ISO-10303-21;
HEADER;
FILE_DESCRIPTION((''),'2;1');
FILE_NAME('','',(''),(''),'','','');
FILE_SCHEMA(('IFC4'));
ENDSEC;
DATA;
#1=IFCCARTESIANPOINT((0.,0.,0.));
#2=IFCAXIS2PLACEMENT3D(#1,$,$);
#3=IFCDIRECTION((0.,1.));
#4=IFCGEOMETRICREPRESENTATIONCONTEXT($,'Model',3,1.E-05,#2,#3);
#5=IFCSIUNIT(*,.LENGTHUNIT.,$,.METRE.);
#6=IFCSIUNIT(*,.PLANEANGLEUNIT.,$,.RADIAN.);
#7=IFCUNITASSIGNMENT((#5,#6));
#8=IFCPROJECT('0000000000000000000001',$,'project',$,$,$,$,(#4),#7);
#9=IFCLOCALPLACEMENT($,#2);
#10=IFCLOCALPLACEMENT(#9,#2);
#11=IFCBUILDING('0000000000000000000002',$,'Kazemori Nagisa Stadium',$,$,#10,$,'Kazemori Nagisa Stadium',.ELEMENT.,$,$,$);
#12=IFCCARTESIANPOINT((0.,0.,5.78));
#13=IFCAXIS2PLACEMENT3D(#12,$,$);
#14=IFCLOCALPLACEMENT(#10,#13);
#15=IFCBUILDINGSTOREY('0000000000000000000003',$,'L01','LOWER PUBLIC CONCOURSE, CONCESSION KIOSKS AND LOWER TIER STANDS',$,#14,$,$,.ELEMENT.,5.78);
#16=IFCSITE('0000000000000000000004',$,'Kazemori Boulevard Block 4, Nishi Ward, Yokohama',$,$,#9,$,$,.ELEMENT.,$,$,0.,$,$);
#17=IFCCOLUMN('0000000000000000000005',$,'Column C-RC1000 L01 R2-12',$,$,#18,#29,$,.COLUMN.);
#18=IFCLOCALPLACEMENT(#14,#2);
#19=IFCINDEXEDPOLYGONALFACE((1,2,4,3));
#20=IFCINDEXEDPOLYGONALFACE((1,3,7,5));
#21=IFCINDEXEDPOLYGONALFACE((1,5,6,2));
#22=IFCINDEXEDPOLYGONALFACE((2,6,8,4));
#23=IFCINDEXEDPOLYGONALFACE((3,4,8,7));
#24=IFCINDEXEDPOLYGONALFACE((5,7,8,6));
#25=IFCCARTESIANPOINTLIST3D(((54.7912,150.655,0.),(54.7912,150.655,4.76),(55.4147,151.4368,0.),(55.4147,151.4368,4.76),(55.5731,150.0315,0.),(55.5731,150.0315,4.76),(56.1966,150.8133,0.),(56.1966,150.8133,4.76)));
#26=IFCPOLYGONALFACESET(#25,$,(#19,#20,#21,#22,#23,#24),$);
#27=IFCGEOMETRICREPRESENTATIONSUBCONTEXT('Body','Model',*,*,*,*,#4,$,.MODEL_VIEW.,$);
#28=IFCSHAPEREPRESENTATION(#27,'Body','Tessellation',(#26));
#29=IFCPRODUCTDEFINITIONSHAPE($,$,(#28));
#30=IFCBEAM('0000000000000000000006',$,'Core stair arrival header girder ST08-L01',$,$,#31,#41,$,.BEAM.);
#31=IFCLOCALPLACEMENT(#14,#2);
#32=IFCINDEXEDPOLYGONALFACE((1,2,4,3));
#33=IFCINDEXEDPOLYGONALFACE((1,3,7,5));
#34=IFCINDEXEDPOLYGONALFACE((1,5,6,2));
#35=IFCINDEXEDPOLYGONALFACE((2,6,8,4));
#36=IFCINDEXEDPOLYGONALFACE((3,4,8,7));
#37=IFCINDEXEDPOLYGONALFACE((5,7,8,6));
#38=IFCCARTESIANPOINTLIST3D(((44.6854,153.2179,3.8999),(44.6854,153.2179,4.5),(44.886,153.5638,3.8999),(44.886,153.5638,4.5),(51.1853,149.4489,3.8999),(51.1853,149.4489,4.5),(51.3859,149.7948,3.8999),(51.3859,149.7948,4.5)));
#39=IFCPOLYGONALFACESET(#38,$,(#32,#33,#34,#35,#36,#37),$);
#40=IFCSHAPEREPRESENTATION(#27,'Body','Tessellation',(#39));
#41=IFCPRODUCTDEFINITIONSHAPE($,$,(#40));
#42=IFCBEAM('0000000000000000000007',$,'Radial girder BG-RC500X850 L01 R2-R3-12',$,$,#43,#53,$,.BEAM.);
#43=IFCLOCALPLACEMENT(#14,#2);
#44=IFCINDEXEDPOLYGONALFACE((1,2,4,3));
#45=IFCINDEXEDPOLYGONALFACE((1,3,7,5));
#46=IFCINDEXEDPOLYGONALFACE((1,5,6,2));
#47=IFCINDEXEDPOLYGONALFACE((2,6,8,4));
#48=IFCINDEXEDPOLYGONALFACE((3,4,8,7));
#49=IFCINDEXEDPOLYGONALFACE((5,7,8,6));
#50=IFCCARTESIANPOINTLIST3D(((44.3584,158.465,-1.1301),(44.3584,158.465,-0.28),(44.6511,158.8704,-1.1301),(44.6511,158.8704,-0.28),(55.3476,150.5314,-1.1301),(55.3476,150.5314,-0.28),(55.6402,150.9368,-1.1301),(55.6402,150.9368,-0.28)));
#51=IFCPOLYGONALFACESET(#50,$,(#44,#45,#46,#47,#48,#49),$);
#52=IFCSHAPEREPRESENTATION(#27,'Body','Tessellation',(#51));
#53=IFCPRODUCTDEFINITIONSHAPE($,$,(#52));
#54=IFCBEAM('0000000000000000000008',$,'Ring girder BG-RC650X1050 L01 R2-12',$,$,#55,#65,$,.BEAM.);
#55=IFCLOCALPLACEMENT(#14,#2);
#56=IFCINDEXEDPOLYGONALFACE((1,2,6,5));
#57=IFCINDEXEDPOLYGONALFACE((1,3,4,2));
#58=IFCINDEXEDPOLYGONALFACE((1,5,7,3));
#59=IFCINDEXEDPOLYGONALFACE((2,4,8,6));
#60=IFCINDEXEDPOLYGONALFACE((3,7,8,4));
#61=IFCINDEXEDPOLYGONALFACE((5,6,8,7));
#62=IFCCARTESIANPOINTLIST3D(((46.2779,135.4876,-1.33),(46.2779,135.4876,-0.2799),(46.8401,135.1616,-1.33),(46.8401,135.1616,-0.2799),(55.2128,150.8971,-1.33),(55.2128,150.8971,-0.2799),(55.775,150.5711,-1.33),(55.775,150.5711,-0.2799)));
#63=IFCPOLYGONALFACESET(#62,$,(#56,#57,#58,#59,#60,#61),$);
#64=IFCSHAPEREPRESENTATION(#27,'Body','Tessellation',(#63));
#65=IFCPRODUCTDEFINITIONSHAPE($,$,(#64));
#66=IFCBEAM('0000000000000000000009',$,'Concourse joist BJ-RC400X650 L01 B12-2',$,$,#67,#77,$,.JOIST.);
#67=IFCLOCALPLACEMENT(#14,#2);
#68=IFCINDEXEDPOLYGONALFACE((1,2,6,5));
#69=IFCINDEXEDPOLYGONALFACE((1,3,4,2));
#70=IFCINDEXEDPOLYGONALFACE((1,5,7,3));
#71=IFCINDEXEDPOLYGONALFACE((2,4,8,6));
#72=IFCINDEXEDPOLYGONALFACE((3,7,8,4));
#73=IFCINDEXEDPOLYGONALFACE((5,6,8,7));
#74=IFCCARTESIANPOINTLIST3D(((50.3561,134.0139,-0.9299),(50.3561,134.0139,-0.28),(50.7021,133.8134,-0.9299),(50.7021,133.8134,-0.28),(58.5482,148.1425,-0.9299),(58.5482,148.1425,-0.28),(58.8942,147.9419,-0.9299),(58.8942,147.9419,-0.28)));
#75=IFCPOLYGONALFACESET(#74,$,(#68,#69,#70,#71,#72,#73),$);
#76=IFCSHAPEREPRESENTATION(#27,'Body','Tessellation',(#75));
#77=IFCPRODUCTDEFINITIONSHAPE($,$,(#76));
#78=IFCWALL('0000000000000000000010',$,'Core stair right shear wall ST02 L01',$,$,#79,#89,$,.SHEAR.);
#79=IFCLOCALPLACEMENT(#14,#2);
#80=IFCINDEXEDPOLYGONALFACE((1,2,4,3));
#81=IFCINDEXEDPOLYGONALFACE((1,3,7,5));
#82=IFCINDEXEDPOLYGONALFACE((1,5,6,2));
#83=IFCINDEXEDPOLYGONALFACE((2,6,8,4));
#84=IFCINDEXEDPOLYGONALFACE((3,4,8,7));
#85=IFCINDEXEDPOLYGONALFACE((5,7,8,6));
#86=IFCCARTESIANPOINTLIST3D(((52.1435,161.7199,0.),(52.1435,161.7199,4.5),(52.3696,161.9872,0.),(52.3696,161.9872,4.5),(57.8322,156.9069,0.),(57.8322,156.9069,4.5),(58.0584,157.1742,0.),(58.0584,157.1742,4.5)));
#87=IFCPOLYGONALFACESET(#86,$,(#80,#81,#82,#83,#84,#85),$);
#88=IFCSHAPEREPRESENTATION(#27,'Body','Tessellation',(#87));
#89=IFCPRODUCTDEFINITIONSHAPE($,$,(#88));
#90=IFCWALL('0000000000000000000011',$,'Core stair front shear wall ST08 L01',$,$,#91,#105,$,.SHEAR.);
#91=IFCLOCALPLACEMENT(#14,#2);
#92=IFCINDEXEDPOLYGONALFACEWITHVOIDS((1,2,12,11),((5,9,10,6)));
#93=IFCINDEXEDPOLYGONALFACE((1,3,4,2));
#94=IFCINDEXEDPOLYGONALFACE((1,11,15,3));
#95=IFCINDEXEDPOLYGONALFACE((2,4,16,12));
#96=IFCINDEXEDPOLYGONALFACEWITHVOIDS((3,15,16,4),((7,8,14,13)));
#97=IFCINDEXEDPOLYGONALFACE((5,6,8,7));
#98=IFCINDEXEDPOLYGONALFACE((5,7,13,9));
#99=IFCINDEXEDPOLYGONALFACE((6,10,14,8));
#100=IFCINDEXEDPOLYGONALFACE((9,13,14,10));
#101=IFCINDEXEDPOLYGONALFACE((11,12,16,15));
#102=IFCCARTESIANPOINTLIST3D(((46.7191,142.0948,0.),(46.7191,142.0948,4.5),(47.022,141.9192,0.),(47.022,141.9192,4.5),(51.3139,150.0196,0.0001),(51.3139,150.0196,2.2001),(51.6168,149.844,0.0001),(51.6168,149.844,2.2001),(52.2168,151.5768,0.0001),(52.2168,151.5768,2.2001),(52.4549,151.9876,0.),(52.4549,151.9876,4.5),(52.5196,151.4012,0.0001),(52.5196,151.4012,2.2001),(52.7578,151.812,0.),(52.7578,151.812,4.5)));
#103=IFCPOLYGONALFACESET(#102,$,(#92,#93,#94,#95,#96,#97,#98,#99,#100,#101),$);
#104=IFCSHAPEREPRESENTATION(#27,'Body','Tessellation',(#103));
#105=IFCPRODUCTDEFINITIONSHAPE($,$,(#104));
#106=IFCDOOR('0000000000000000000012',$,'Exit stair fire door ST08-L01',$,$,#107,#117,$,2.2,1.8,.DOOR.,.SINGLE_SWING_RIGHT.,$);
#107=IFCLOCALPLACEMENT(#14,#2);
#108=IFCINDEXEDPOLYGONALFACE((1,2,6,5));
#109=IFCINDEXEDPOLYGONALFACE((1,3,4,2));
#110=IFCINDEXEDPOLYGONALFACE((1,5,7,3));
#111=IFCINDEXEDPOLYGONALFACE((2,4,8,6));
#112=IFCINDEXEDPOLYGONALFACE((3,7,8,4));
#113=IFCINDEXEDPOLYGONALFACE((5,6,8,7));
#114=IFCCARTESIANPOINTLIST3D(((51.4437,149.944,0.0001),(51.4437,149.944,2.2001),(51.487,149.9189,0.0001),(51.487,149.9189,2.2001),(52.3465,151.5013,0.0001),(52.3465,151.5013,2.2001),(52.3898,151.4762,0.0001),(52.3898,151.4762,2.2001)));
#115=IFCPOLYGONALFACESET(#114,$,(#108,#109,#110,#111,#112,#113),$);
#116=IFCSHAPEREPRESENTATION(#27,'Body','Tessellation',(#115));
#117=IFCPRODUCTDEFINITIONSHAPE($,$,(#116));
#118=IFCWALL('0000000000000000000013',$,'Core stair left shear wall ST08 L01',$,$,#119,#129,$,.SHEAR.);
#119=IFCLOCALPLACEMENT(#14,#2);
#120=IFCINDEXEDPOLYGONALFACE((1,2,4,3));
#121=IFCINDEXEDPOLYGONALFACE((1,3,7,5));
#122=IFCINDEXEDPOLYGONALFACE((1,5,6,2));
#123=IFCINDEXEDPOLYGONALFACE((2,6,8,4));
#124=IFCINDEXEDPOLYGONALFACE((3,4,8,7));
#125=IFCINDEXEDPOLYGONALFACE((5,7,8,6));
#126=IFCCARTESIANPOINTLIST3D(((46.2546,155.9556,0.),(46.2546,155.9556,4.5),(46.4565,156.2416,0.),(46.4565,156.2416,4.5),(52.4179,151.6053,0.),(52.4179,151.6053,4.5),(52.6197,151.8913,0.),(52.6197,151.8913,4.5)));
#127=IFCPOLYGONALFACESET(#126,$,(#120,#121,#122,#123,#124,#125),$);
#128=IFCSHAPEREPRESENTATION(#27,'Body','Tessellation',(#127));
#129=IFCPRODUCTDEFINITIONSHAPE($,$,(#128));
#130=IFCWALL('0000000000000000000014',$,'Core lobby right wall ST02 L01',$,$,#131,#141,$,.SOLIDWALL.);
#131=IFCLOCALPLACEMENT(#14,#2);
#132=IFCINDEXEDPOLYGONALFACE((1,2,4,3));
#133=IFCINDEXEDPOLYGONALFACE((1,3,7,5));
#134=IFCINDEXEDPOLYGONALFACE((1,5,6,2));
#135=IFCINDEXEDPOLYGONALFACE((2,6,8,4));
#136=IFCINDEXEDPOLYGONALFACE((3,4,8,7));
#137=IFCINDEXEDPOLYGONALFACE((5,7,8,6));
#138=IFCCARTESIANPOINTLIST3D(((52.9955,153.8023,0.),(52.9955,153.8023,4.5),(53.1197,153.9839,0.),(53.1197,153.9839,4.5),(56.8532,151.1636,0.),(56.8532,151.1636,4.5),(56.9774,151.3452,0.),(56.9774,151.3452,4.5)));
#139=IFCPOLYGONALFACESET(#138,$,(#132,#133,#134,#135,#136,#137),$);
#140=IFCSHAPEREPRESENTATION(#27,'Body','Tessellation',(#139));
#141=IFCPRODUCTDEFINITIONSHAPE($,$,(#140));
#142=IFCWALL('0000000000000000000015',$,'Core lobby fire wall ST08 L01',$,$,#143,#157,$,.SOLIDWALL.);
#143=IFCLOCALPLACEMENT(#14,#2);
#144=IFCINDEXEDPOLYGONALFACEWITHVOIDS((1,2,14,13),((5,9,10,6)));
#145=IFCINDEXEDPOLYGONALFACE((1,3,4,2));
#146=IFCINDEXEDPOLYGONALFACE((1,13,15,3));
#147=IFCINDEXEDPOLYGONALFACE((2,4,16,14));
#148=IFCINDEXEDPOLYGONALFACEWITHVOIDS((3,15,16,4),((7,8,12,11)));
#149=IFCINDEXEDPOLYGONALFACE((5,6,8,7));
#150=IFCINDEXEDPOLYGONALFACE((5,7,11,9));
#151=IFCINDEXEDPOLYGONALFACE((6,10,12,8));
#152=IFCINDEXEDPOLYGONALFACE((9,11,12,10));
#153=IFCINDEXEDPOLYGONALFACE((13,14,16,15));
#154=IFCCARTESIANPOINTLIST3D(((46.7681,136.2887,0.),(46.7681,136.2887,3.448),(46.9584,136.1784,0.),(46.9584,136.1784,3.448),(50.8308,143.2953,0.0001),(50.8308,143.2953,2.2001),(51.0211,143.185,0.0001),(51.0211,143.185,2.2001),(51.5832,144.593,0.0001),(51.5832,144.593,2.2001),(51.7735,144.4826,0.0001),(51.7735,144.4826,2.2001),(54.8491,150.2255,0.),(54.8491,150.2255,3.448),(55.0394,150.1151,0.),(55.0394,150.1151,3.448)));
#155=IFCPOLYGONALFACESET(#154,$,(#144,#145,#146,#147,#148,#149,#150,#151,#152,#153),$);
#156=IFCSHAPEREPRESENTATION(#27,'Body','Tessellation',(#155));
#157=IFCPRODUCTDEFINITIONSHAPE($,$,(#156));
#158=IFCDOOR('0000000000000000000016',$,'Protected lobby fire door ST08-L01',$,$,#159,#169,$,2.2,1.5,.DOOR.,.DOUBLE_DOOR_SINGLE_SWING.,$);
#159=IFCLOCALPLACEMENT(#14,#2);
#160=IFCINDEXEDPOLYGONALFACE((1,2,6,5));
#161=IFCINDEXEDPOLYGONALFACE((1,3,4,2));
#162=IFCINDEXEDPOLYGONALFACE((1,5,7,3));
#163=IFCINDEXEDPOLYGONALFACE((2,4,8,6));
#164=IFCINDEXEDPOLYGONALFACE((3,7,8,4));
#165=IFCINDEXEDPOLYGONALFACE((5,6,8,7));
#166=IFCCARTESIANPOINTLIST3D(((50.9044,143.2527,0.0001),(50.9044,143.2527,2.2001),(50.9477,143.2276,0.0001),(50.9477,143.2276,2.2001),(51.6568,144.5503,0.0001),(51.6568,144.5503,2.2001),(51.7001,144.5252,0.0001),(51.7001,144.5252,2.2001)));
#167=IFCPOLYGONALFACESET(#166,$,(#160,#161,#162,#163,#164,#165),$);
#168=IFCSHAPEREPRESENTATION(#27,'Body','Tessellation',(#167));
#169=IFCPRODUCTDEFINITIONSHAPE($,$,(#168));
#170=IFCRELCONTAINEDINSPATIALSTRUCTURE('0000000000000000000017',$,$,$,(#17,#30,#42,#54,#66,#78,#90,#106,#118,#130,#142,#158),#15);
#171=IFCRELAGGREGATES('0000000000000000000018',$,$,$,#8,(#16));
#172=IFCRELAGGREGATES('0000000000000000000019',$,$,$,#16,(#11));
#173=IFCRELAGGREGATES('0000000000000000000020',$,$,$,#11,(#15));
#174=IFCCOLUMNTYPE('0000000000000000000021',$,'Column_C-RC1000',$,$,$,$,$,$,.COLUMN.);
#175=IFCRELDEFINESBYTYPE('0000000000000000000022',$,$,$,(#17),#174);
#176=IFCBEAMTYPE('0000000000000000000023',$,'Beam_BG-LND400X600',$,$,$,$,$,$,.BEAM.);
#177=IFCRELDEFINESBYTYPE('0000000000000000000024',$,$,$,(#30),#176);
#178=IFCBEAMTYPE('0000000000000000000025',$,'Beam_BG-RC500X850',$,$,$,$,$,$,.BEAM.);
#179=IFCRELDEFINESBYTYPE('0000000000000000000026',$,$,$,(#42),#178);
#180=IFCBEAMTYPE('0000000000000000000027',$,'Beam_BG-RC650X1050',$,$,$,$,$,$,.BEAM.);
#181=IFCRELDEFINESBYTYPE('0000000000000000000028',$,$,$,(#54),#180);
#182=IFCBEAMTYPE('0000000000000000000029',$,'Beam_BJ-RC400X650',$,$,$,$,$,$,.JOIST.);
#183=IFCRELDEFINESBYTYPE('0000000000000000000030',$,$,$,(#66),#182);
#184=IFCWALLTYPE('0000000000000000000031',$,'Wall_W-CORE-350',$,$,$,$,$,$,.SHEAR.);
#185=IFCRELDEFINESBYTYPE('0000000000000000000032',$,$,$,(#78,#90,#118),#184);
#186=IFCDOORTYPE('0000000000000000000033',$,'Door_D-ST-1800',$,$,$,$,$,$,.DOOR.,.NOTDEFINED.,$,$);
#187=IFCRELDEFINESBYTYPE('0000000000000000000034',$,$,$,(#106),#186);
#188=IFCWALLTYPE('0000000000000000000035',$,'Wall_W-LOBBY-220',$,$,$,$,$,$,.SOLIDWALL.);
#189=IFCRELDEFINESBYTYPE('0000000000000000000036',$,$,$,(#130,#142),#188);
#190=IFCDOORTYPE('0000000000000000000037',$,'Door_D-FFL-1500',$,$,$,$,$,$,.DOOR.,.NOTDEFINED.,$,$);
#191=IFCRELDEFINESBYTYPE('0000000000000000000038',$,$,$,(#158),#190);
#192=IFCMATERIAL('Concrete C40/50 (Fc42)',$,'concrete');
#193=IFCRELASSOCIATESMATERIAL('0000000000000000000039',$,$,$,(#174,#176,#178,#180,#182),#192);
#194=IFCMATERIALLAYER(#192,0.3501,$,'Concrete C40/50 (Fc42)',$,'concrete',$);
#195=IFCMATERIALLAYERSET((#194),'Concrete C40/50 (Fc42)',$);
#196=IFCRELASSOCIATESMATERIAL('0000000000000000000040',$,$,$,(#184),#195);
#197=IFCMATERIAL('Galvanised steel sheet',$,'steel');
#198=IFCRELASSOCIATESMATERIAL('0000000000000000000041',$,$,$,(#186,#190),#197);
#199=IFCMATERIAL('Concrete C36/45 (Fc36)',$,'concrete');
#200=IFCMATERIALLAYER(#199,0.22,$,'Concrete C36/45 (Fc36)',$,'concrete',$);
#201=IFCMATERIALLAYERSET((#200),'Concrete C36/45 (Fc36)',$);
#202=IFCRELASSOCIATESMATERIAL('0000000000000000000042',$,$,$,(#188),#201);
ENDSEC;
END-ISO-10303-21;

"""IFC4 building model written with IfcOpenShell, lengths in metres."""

from ifc_helpers import new_model, si_unit, direction, frame, frame_2d, origin, origin_2d, place, context, subcontext, project, spatial, rectangle, extrude, material, layer, layer_set, material_profile, profile_set, type_object, element, fill, save


model = new_model("IFC4")

# Units and contexts
model_context = context("Model", 3, precision=1e-05, world=origin(), true_north=direction((0.0, 1.0)))
body_context = subcontext(model_context, "Body", "Model", "MODEL_VIEW")
ifc_project = project(units=[si_unit("LENGTHUNIT", "METRE"), si_unit("PLANEANGLEUNIT", "RADIAN")], contexts=[model_context])

# Site, building, storey
site_placement = place(None, origin())
site = spatial("IfcSite", under=ifc_project, at=site_placement, Name="Kazemori Boulevard Block 4, Nishi Ward, Yokohama", CompositionType="ELEMENT", RefElevation=0.0)
building_placement = place(site_placement, origin())
building = spatial("IfcBuilding", under=site, at=building_placement, Name="Kazemori Nagisa Stadium", LongName="Kazemori Nagisa Stadium", CompositionType="ELEMENT")
storey_placement = place(building_placement, frame((0.0, 0.0, 5.78)))
storey = spatial("IfcBuildingStorey", under=building, at=storey_placement, Name="L01", Description="LOWER PUBLIC CONCOURSE, CONCESSION KIOSKS AND LOWER TIER STANDS", CompositionType="ELEMENT", Elevation=5.78)

# Column
ifc_material_1 = material(Name="Concrete C40/50 (Fc42)", Category="concrete")
ifc_material_profile_1 = material_profile(ifc_material_1, rectangle(XDim=1.0, YDim=1.0, at=origin_2d()), Name="RC-COL-1000x1000")
ifc_profile_set_1 = profile_set([ifc_material_profile_1], Name="Concrete C40/50 (Fc42)")
column_type = type_object("IfcColumnType", Name="Column_C-RC1000", PredefinedType="COLUMN", material=ifc_profile_set_1)
column_placement = place(storey_placement, frame((55.4939, 150.7341, 0.0), z_axis=(0.0, 0.0, 1.0), x_axis=(-0.781831, 0.62349, 0.0)))
element("IfcColumn", 1, at=column_placement, inside=storey, type_object=column_type, Name="Column C-RC1000 L01 R2-12", PredefinedType="COLUMN", context=body_context, shape_type="SweptSolid", body=[
    extrude(rectangle(XDim=1.0, YDim=1.0, at=origin_2d()), origin(), (0.0, 0.0, 1.0), 4.76),
])

# Beams
ifc_material_profile_2 = material_profile(ifc_material_1, rectangle(XDim=0.3999, YDim=0.6001, at=origin_2d()), Name="RC-BM-400x600")
ifc_profile_set_2 = profile_set([ifc_material_profile_2], Name="Concrete C40/50 (Fc42)")
beam_type_1 = type_object("IfcBeamType", Name="Beam_BG-LND400X600", PredefinedType="BEAM", material=ifc_profile_set_2)
beam_1_placement = place(storey_placement, frame((51.2856, 149.6218, 4.2), z_axis=(-0.865086, 0.501623, 0.0), x_axis=(-0.501623, -0.865086, 0.0)))
element("IfcBeam", 2, at=beam_1_placement, inside=storey, type_object=beam_type_1, Name="Core stair arrival header girder ST08-L01", PredefinedType="BEAM", context=body_context, shape_type="SweptSolid", body=[
    extrude(rectangle(XDim=0.3999, YDim=0.6001, at=origin_2d()), origin(), (0.0, 0.0, 1.0), 7.5137),
])
ifc_material_profile_3 = material_profile(ifc_material_1, rectangle(XDim=0.5, YDim=0.8501, at=origin_2d()), Name="RC-BM-500x850")
ifc_profile_set_3 = profile_set([ifc_material_profile_3], Name="Concrete C40/50 (Fc42)")
beam_type_2 = type_object("IfcBeamType", Name="Beam_BG-RC500X850", PredefinedType="BEAM", material=ifc_profile_set_3)
beam_2_placement = place(storey_placement, frame((55.4939, 150.7341, -0.7051), z_axis=(-0.810788, 0.585341, 0.0), x_axis=(-0.585341, -0.810788, 0.0)))
element("IfcBeam", 3, at=beam_2_placement, inside=storey, type_object=beam_type_2, Name="Radial girder BG-RC500X850 L01 R2-R3-12", PredefinedType="BEAM", context=body_context, shape_type="SweptSolid", body=[
    extrude(rectangle(XDim=0.5, YDim=0.8501, at=origin_2d()), origin(), (0.0, 0.0, 1.0), 13.5537),
])
ifc_material_profile_4 = material_profile(ifc_material_1, rectangle(XDim=0.6499, YDim=1.05, at=origin_2d()), Name="RC-BM-650x1050")
ifc_profile_set_4 = profile_set([ifc_material_profile_4], Name="Concrete C40/50 (Fc42)")
beam_type_3 = type_object("IfcBeamType", Name="Beam_BG-RC650X1050", PredefinedType="BEAM", material=ifc_profile_set_4)
beam_3_placement = place(storey_placement, frame((55.4939, 150.7341, -0.8049), z_axis=(-0.501607, -0.865096, 0.0), x_axis=(0.865096, -0.501607, 0.0)))
element("IfcBeam", 4, at=beam_3_placement, inside=storey, type_object=beam_type_3, Name="Ring girder BG-RC650X1050 L01 R2-12", PredefinedType="BEAM", context=body_context, shape_type="SweptSolid", body=[
    extrude(rectangle(XDim=0.6499, YDim=1.05, at=origin_2d()), origin(), (0.0, 0.0, 1.0), 17.8125),
])
ifc_material_profile_5 = material_profile(ifc_material_1, rectangle(XDim=0.3999, YDim=0.6499, at=origin_2d()), Name="RC-BM-400x650")
ifc_profile_set_5 = profile_set([ifc_material_profile_5], Name="Concrete C40/50 (Fc42)")
beam_type_4 = type_object("IfcBeamType", Name="Beam_BJ-RC400X650", PredefinedType="JOIST", material=ifc_profile_set_5)
beam_4_placement = place(storey_placement, frame((58.7212, 148.0422, -0.605), z_axis=(-0.501604, -0.865097, 0.0), x_axis=(0.865097, -0.501604, 0.0)))
element("IfcBeam", 5, at=beam_4_placement, inside=storey, type_object=beam_type_4, Name="Concourse joist BJ-RC400X650 L01 B12-2", PredefinedType="JOIST", context=body_context, shape_type="SweptSolid", body=[
    extrude(rectangle(XDim=0.3999, YDim=0.6499, at=origin_2d()), origin(), (0.0, 0.0, 1.0), 16.3318),
])

# Wall
ifc_layer_1 = layer(ifc_material_1, 0.3501, Name="Concrete C40/50 (Fc42)", Category="concrete")
ifc_layer_set_1 = layer_set([ifc_layer_1], Name="Concrete C40/50 (Fc42)")
wall_type_1 = type_object("IfcWallType", Name="Wall_W-CORE-350", PredefinedType="SHEAR", material=ifc_layer_set_1)
wall_1_placement = place(storey_placement, frame((57.9453, 157.0405, 0.0), z_axis=(0.0, 0.0, 1.0), x_axis=(-0.763422, 0.6459, 0.0)))
element("IfcWall", 6, at=wall_1_placement, inside=storey, type_object=wall_type_1, Name="Core stair right shear wall ST02 L01", PredefinedType="SHEAR", context=body_context, shape_type="SweptSolid", body=[
    extrude(rectangle(XDim=7.4517, YDim=0.3501, at=frame_2d((3.7258, 0.0))), origin(), (0.0, 0.0, 1.0), 4.5),
])

# Wall, opening, door
wall_2_placement = place(storey_placement, frame((52.6064, 151.8999, 0.0), z_axis=(0.0, 0.0, 1.0), x_axis=(-0.501587, -0.865107, 0.0)))
wall_2 = element("IfcWall", 7, at=wall_2_placement, inside=storey, type_object=wall_type_1, Name="Core stair front shear wall ST08 L01", PredefinedType="SHEAR", context=body_context, shape_type="SweptSolid", body=[
    extrude(rectangle(XDim=11.4353, YDim=0.3501, at=frame_2d((5.7178, 0.0))), origin(), (0.0, 0.0, 1.0), 4.5),
])
opening_1_placement = place(wall_2_placement, frame((0.4751, 0.0, 0.0)))
opening_1 = element("IfcOpeningElement", 8, at=opening_1_placement, cuts=wall_2, PredefinedType="OPENING", context=body_context, shape_type="SweptSolid", body=[
    extrude(rectangle(XDim=1.8, YDim=2.2, at=frame_2d((0.8999, 1.1001))), frame((0.0, 0.1851, 0.0), z_axis=(0.0, -1.0, 0.0), x_axis=(1.0, 0.0, 0.0)), (0.0, 0.0, 1.0), 0.3701),
])
ifc_material_2 = material(Name="Galvanised steel sheet", Category="steel")
door_type_1 = type_object("IfcDoorType", Name="Door_D-ST-1800", OperationType="NOTDEFINED", PredefinedType="DOOR", material=ifc_material_2)
door_1_placement = place(opening_1_placement, frame((1.8, 0.0, 0.0), z_axis=(0.0, 0.0, 1.0), x_axis=(-1.0, 0.0, 0.0)))
door_1 = element("IfcDoor", 9, at=door_1_placement, inside=storey, type_object=door_type_1, Name="Exit stair fire door ST08-L01", OperationType="SINGLE_SWING_RIGHT", OverallHeight=2.2, OverallWidth=1.8, PredefinedType="DOOR", context=body_context, shape_type="SweptSolid", body=[
    extrude(rectangle(XDim=1.8, YDim=2.2, at=frame_2d((0.8999, 1.1001))), frame((0.0, 0.0249, 0.0), z_axis=(0.0, -1.0, 0.0), x_axis=(1.0, 0.0, 0.0)), (0.0, 0.0, 1.0), 0.05),
])
fill(opening_1, door_1)

# Walls
wall_3_placement = place(storey_placement, frame((52.5188, 151.7483, 0.0), z_axis=(0.0, 0.0, 1.0), x_axis=(-0.816983, 0.576662, 0.0)))
element("IfcWall", 10, at=wall_3_placement, inside=storey, type_object=wall_type_1, Name="Core stair left shear wall ST08 L01", PredefinedType="SHEAR", context=body_context, shape_type="SweptSolid", body=[
    extrude(rectangle(XDim=7.5439, YDim=0.3501, at=frame_2d((3.772, 0.0))), origin(), (0.0, 0.0, 1.0), 4.5),
])
ifc_material_3 = material(Name="Concrete C36/45 (Fc36)", Category="concrete")
ifc_layer_2 = layer(ifc_material_3, 0.22, Name="Concrete C36/45 (Fc36)", Category="concrete")
ifc_layer_set_2 = layer_set([ifc_layer_2], Name="Concrete C36/45 (Fc36)")
wall_type_2 = type_object("IfcWallType", Name="Wall_W-LOBBY-220", PredefinedType="SOLIDWALL", material=ifc_layer_set_2)
wall_4_placement = place(storey_placement, frame((56.9153, 151.2544, 0.0), z_axis=(0.0, 0.0, 1.0), x_axis=(-0.825385, 0.56457, 0.0)))
element("IfcWall", 11, at=wall_4_placement, inside=storey, type_object=wall_type_2, Name="Core lobby right wall ST02 L01", PredefinedType="SOLIDWALL", context=body_context, shape_type="SweptSolid", body=[
    extrude(rectangle(XDim=4.6738, YDim=0.22, at=frame_2d((2.3369, 0.0))), origin(), (0.0, 0.0, 1.0), 4.5),
])

# Wall, opening, door
wall_5_placement = place(storey_placement, frame((54.9443, 150.1704, 0.0), z_axis=(0.0, 0.0, 1.0), x_axis=(-0.501613, -0.865092, 0.0)))
wall_5 = element("IfcWall", 12, at=wall_5_placement, inside=storey, type_object=wall_type_2, Name="Core lobby fire wall ST08 L01", PredefinedType="SOLIDWALL", context=body_context, shape_type="SweptSolid", body=[
    extrude(rectangle(XDim=16.1101, YDim=0.22, at=frame_2d((8.0552, 0.0))), origin(), (0.0, 0.0, 1.0), 3.448),
])
opening_2_placement = place(wall_5_placement, frame((6.511, 0.0, 0.0)))
opening_2 = element("IfcOpeningElement", 13, at=opening_2_placement, cuts=wall_5, PredefinedType="OPENING", context=body_context, shape_type="SweptSolid", body=[
    extrude(rectangle(XDim=1.5, YDim=2.2, at=frame_2d((0.75, 1.1001))), frame((0.0, 0.1199, 0.0), z_axis=(0.0, -1.0, 0.0), x_axis=(1.0, 0.0, 0.0)), (0.0, 0.0, 1.0), 0.24),
])
door_type_2 = type_object("IfcDoorType", Name="Door_D-FFL-1500", OperationType="NOTDEFINED", PredefinedType="DOOR", material=ifc_material_2)
door_2_placement = place(opening_2_placement, frame((1.5, 0.0, 0.0), z_axis=(0.0, 0.0, 1.0), x_axis=(-1.0, 0.0, 0.0)))
door_2 = element("IfcDoor", 14, at=door_2_placement, inside=storey, type_object=door_type_2, Name="Protected lobby fire door ST08-L01", OperationType="DOUBLE_DOOR_SINGLE_SWING", OverallHeight=2.2, OverallWidth=1.5, PredefinedType="DOOR", context=body_context, shape_type="SweptSolid", body=[
    extrude(rectangle(XDim=1.5, YDim=2.2, at=frame_2d((0.75, 1.1001))), frame((0.0, 0.0249, 0.0), z_axis=(0.0, -1.0, 0.0), x_axis=(1.0, 0.0, 0.0)), (0.0, 0.0, 1.0), 0.05),
])
fill(opening_2, door_2)

save(model, "model.ifc")
